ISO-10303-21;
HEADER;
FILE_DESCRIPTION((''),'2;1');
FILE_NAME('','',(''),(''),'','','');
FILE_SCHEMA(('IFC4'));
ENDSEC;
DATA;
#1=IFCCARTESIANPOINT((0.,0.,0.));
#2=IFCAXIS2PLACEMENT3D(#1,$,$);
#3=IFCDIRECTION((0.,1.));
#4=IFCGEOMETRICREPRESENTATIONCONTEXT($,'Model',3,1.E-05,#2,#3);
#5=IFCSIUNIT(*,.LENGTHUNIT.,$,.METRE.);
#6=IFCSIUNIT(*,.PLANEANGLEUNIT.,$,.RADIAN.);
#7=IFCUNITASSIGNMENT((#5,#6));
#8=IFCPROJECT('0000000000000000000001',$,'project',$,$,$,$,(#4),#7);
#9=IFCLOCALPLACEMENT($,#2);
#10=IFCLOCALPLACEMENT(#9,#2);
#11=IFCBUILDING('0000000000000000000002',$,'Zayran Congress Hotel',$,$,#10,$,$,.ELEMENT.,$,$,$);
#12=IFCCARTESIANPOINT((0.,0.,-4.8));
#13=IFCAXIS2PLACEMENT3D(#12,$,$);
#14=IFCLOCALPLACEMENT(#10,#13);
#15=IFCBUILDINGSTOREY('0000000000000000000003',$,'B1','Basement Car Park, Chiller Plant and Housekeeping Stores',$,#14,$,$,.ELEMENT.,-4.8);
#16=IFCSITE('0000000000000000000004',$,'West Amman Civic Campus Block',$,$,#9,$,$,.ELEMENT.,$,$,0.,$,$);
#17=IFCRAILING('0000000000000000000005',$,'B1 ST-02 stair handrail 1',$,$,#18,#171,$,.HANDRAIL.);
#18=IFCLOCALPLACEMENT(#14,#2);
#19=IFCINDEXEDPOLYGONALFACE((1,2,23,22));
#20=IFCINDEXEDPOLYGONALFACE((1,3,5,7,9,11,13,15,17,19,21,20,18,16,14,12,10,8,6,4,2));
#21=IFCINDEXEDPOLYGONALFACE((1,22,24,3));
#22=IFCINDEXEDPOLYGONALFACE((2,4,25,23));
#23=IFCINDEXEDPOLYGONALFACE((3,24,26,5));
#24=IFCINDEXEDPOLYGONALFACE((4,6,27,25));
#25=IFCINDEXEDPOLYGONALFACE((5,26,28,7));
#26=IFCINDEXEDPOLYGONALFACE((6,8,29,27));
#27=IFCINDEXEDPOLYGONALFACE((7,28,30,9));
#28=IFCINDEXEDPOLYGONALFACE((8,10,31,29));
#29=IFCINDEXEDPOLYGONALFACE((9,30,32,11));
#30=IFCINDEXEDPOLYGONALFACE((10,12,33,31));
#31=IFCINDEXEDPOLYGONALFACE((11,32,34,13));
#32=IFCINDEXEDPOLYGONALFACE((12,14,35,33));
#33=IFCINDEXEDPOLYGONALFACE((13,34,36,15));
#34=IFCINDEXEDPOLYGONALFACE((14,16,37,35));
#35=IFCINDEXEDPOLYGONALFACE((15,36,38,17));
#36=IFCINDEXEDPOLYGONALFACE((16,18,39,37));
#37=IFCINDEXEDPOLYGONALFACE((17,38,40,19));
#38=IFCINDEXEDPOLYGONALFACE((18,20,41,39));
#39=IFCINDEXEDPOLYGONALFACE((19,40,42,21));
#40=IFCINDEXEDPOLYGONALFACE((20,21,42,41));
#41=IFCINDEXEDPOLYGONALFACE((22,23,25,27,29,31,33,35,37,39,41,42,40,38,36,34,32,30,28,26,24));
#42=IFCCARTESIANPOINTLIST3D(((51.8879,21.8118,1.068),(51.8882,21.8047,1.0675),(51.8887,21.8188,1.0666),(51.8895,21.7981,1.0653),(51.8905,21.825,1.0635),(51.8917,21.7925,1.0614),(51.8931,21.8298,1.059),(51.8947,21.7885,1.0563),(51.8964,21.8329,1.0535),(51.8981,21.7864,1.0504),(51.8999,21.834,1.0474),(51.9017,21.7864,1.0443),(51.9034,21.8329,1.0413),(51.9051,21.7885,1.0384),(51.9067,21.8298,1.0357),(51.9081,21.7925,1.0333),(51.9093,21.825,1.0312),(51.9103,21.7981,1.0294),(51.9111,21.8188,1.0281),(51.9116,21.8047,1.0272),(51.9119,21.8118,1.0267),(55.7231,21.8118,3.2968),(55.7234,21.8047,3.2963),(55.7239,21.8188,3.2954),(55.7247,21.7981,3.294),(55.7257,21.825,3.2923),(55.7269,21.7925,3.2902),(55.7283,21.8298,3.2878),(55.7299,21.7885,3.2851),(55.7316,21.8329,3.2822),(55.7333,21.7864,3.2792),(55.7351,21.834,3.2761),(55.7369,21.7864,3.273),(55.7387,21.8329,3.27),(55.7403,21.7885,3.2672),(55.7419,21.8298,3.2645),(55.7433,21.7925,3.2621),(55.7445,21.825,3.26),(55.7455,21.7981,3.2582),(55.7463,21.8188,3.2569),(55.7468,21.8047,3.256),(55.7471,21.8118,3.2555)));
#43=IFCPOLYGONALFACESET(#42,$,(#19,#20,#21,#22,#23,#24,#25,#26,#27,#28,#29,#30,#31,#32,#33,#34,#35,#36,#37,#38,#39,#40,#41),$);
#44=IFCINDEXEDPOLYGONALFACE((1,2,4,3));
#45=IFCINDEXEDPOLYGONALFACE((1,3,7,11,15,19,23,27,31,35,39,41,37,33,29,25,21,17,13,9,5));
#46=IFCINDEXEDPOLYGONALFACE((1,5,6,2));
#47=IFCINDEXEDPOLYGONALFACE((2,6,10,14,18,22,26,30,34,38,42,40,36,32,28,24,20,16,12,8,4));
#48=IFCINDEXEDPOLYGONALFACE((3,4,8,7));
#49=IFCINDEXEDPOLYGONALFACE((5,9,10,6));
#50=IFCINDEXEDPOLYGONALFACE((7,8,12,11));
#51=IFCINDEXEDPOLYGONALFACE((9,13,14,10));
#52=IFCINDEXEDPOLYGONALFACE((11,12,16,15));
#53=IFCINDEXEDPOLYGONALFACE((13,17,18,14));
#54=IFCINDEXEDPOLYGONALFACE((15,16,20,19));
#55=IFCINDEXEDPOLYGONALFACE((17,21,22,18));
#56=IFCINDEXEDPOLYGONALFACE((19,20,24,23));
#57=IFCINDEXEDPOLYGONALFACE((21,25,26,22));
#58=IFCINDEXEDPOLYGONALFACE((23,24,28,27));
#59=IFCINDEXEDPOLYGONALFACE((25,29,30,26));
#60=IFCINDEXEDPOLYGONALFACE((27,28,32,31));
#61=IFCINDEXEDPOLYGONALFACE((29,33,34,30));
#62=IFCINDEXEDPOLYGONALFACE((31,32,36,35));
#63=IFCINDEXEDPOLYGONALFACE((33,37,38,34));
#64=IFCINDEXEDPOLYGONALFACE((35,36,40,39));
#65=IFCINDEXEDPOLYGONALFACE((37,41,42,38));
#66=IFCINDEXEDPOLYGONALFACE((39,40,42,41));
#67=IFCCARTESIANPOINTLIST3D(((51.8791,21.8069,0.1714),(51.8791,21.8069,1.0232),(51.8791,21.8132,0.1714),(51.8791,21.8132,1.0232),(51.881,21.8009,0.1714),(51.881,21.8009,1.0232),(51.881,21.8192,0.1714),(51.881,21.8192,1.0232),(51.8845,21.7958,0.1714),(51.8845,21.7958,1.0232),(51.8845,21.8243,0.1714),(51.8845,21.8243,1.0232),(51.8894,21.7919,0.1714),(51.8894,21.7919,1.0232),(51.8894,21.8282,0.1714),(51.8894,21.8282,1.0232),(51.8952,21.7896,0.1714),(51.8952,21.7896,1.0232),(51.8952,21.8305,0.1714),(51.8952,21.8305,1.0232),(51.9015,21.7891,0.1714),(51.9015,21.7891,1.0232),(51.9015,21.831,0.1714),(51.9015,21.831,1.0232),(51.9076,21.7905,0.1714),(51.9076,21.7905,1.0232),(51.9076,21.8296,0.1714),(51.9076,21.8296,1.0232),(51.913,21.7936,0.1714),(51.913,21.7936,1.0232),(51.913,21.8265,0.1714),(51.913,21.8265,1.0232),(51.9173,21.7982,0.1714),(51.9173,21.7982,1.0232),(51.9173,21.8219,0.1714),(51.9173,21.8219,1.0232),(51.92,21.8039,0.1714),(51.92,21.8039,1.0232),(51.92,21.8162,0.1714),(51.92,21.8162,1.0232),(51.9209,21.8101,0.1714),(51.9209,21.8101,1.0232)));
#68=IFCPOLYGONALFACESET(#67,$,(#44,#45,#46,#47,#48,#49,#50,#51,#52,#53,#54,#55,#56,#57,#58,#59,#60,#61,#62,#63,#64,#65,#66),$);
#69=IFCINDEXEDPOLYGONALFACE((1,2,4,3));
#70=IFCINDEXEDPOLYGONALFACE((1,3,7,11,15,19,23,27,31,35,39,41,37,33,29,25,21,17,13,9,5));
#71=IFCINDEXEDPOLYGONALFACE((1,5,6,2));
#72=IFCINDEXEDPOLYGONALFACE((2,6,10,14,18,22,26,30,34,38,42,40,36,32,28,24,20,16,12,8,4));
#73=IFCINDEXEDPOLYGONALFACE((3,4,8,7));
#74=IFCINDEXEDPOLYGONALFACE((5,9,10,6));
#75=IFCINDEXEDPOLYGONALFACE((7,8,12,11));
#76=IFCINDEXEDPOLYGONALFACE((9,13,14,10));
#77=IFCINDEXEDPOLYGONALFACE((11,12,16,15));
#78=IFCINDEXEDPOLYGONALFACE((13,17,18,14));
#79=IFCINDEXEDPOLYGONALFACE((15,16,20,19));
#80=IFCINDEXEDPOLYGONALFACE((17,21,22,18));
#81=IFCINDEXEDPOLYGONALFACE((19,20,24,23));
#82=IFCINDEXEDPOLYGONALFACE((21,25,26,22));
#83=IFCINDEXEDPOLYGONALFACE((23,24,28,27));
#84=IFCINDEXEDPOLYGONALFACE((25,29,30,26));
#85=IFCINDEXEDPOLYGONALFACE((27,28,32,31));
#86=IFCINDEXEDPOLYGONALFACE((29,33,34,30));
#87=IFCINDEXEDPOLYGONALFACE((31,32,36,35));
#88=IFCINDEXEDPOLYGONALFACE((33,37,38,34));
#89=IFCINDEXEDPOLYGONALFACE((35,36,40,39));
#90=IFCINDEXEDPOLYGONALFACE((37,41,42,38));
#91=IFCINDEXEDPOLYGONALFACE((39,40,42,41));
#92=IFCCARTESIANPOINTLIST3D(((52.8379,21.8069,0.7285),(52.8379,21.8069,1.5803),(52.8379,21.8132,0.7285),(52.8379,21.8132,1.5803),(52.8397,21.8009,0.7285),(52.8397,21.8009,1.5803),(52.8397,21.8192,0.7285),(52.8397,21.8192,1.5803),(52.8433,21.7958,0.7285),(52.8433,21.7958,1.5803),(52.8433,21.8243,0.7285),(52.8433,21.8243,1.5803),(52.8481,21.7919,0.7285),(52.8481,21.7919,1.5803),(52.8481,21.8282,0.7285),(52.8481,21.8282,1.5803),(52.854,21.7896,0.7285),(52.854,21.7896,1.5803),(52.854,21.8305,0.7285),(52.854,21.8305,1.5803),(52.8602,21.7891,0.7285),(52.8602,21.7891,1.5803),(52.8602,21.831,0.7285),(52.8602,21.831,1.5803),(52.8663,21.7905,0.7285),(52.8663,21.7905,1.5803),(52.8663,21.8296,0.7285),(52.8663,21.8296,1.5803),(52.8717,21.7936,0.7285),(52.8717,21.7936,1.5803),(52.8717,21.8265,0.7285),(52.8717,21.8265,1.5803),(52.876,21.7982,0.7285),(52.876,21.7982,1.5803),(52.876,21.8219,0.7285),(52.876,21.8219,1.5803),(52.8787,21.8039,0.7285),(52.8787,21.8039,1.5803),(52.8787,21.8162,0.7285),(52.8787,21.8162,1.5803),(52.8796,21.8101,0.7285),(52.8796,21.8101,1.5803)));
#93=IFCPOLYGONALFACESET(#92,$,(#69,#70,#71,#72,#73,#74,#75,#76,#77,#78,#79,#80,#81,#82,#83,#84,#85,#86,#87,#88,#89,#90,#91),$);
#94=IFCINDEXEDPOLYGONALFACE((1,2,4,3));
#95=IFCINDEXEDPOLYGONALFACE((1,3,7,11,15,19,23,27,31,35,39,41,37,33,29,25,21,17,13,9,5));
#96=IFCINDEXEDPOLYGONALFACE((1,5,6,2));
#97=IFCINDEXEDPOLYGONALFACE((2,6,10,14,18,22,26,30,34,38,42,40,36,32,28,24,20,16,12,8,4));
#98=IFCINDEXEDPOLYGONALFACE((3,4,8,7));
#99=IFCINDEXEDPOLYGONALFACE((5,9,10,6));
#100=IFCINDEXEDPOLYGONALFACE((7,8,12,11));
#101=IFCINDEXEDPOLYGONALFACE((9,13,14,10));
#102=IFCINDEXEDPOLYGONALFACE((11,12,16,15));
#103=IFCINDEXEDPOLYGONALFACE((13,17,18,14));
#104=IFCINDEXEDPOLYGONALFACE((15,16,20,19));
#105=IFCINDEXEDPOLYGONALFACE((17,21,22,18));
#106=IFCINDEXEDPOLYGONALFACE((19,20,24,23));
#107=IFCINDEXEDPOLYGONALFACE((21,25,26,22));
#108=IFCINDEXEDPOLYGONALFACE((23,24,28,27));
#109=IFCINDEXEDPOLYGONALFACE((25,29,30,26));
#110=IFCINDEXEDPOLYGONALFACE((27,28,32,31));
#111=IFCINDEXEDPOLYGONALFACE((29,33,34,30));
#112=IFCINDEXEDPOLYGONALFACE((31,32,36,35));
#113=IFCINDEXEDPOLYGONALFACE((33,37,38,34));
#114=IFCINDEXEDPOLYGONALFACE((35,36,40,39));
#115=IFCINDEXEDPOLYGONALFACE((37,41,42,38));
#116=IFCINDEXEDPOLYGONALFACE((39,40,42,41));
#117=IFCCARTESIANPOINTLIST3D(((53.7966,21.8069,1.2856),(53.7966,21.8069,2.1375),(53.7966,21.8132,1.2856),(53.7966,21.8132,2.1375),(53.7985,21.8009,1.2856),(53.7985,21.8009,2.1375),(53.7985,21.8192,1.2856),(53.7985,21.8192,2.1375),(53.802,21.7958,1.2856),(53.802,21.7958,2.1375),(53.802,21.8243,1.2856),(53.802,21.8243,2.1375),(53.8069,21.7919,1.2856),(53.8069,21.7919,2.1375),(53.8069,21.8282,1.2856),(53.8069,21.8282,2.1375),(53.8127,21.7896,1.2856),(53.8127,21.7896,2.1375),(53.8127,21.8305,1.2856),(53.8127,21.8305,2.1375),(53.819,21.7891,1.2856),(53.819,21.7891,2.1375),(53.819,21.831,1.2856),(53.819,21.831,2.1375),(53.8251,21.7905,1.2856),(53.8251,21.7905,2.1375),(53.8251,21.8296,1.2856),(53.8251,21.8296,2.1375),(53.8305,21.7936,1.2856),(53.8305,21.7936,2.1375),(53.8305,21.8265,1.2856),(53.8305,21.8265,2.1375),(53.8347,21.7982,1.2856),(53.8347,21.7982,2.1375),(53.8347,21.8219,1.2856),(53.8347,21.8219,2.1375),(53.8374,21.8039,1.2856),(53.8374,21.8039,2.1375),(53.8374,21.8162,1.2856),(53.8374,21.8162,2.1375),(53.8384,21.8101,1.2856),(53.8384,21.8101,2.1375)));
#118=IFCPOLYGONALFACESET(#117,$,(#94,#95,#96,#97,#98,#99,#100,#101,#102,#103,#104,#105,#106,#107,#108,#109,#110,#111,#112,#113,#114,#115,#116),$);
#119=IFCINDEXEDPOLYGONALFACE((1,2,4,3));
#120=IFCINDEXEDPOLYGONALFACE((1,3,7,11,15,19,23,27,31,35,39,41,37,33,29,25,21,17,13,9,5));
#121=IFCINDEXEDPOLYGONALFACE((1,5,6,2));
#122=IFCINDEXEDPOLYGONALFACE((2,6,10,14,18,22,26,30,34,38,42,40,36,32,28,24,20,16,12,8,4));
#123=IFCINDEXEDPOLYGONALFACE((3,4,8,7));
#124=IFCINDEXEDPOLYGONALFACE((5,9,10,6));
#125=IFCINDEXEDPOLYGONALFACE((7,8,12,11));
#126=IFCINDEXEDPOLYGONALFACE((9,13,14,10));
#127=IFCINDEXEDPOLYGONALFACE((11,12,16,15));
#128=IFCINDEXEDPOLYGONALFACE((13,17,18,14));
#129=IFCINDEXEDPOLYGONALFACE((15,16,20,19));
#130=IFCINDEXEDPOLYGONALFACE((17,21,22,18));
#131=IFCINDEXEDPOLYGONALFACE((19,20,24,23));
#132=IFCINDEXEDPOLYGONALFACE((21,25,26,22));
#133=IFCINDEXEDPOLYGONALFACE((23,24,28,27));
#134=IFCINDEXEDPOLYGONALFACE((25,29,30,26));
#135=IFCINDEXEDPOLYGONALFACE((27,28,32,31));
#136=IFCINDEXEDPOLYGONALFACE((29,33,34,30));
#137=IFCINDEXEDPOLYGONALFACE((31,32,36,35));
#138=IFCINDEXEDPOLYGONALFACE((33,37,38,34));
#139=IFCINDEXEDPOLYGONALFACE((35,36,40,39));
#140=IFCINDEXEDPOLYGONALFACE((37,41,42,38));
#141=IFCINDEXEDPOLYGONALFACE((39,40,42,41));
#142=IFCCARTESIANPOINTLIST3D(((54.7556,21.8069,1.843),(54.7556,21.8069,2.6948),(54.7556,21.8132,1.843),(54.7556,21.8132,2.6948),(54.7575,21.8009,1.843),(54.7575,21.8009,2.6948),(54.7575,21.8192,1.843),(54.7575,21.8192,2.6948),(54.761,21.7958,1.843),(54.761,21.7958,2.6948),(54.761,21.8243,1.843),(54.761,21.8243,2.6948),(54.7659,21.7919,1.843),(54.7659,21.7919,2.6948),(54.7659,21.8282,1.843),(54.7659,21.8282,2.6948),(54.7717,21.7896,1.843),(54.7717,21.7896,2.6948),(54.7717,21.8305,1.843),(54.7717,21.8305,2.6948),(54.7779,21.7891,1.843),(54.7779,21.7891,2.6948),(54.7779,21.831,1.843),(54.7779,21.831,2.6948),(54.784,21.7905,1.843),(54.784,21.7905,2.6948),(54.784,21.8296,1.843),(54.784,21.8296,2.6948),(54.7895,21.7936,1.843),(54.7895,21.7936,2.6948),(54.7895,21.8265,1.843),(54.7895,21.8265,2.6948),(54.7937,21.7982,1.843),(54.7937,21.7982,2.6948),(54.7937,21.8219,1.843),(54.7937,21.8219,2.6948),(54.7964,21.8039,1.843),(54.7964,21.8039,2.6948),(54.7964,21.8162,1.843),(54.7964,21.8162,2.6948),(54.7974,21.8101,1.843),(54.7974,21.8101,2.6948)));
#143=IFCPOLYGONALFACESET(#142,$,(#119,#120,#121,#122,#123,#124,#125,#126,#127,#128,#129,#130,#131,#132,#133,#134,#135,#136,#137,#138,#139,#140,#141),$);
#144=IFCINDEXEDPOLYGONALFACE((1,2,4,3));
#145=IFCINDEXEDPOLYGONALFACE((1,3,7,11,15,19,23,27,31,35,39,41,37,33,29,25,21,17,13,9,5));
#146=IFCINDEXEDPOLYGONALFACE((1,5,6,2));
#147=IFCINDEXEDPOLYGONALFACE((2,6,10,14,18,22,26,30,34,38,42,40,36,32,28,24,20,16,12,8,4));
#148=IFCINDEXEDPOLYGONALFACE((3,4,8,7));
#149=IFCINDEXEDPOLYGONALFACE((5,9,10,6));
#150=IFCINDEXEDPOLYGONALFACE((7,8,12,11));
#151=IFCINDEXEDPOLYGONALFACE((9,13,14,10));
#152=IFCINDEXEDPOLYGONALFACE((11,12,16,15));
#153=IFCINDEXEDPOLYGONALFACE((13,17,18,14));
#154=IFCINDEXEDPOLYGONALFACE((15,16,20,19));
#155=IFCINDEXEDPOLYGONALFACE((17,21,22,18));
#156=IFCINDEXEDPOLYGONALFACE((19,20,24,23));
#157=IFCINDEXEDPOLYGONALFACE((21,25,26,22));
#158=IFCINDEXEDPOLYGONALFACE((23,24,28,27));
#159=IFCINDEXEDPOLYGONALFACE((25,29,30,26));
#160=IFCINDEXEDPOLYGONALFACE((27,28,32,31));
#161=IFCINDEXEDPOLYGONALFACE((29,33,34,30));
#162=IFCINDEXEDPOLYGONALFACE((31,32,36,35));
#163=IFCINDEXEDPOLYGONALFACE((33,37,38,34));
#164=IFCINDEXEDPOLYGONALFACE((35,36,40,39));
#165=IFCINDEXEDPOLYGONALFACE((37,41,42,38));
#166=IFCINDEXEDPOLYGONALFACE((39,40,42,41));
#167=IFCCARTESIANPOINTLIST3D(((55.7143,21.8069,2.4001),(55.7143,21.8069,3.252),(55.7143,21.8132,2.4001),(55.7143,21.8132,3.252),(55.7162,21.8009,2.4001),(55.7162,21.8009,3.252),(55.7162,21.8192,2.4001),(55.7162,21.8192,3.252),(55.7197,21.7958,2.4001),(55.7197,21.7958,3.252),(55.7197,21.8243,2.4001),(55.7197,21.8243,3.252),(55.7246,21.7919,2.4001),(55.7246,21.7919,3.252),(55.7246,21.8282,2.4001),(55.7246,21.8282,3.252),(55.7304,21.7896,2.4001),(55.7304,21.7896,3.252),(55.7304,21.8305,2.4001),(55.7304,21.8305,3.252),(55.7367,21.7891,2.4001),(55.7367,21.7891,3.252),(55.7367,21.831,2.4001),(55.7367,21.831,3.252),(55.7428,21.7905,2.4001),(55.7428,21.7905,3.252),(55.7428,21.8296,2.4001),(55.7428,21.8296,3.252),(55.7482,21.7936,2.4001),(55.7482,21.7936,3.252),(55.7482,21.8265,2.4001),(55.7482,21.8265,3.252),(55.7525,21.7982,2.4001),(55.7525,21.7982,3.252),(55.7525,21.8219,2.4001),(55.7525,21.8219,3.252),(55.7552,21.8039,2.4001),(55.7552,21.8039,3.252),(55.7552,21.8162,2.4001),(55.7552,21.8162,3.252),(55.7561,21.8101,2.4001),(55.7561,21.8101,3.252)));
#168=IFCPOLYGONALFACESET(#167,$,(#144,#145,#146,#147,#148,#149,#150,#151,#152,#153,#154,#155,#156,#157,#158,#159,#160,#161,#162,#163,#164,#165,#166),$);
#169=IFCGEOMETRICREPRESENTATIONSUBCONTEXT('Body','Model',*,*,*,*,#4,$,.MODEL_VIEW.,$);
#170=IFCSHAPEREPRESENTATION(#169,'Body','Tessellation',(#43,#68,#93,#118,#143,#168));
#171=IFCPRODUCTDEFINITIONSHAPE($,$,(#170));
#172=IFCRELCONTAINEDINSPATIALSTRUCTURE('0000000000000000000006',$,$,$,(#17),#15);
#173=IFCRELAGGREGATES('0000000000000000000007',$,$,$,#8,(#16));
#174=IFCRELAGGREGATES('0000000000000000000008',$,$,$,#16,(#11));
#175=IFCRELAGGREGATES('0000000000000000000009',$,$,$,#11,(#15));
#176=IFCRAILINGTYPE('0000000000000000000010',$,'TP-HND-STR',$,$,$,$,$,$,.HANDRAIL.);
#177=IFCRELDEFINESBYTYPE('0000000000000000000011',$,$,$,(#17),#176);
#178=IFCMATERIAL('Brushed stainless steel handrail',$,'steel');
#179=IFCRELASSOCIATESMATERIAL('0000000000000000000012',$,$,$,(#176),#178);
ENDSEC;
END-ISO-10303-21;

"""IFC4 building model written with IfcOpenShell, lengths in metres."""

from ifc_helpers import new_model, si_unit, direction, frame, origin, origin_2d, place, context, subcontext, project, spatial, circle, extrude, material, type_object, element, save


model = new_model("IFC4")

# Units and contexts
model_context = context("Model", 3, precision=1e-05, world=origin(), true_north=direction((0.0, 1.0)))
body_context = subcontext(model_context, "Body", "Model", "MODEL_VIEW")
ifc_project = project(units=[si_unit("LENGTHUNIT", "METRE"), si_unit("PLANEANGLEUNIT", "RADIAN")], contexts=[model_context])

# Site, building, storey
site_placement = place(None, origin())
site = spatial("IfcSite", under=ifc_project, at=site_placement, Name="West Amman Civic Campus Block", CompositionType="ELEMENT", RefElevation=0.0)
building_placement = place(site_placement, origin())
building = spatial("IfcBuilding", under=site, at=building_placement, Name="Zayran Congress Hotel", CompositionType="ELEMENT")
storey_placement = place(building_placement, frame((0.0, 0.0, -4.8)))
storey = spatial("IfcBuildingStorey", under=building, at=storey_placement, Name="B1", Description="Basement Car Park, Chiller Plant and Housekeeping Stores", CompositionType="ELEMENT", Elevation=-4.8)

# Railing
ifc_material_1 = material(Name="Brushed stainless steel handrail", Category="steel")
railing_type_1 = type_object("IfcRailingType", Name="TP-HND-STR", PredefinedType="HANDRAIL", material=ifc_material_1)
railing_1_placement = place(storey_placement, frame((51.8999, 21.8101, 0.1714)))
element("IfcRailing", 1, at=railing_1_placement, inside=storey, type_object=railing_type_1, Name="B1 ST-02 stair handrail 1", PredefinedType="HANDRAIL", context=body_context, shape_type="SweptSolid", body=[
    extrude(circle(Radius=0.0239, at=origin_2d()), frame((0.0, 0.0, 0.876), z_axis=(0.864606, 0.0, 0.50245), x_axis=(0.0, 1.0, 0.0)), (0.0, 0.0, 1.0), 4.4358),
    extrude(circle(Radius=0.021, at=origin_2d()), origin(), (0.0, 0.0, 1.0), 0.8518),
    extrude(circle(Radius=0.021, at=origin_2d()), frame((0.9587, 0.0, 0.5571)), (0.0, 0.0, 1.0), 0.8518),
    extrude(circle(Radius=0.021, at=origin_2d()), frame((1.9175, 0.0, 1.1143)), (0.0, 0.0, 1.0), 0.8518),
    extrude(circle(Radius=0.021, at=origin_2d()), frame((2.8765, 0.0, 1.6716)), (0.0, 0.0, 1.0), 0.8518),
    extrude(circle(Radius=0.021, at=origin_2d()), frame((3.8352, 0.0, 2.2288)), (0.0, 0.0, 1.0), 0.8518),
])

save(model, "model.ifc")
